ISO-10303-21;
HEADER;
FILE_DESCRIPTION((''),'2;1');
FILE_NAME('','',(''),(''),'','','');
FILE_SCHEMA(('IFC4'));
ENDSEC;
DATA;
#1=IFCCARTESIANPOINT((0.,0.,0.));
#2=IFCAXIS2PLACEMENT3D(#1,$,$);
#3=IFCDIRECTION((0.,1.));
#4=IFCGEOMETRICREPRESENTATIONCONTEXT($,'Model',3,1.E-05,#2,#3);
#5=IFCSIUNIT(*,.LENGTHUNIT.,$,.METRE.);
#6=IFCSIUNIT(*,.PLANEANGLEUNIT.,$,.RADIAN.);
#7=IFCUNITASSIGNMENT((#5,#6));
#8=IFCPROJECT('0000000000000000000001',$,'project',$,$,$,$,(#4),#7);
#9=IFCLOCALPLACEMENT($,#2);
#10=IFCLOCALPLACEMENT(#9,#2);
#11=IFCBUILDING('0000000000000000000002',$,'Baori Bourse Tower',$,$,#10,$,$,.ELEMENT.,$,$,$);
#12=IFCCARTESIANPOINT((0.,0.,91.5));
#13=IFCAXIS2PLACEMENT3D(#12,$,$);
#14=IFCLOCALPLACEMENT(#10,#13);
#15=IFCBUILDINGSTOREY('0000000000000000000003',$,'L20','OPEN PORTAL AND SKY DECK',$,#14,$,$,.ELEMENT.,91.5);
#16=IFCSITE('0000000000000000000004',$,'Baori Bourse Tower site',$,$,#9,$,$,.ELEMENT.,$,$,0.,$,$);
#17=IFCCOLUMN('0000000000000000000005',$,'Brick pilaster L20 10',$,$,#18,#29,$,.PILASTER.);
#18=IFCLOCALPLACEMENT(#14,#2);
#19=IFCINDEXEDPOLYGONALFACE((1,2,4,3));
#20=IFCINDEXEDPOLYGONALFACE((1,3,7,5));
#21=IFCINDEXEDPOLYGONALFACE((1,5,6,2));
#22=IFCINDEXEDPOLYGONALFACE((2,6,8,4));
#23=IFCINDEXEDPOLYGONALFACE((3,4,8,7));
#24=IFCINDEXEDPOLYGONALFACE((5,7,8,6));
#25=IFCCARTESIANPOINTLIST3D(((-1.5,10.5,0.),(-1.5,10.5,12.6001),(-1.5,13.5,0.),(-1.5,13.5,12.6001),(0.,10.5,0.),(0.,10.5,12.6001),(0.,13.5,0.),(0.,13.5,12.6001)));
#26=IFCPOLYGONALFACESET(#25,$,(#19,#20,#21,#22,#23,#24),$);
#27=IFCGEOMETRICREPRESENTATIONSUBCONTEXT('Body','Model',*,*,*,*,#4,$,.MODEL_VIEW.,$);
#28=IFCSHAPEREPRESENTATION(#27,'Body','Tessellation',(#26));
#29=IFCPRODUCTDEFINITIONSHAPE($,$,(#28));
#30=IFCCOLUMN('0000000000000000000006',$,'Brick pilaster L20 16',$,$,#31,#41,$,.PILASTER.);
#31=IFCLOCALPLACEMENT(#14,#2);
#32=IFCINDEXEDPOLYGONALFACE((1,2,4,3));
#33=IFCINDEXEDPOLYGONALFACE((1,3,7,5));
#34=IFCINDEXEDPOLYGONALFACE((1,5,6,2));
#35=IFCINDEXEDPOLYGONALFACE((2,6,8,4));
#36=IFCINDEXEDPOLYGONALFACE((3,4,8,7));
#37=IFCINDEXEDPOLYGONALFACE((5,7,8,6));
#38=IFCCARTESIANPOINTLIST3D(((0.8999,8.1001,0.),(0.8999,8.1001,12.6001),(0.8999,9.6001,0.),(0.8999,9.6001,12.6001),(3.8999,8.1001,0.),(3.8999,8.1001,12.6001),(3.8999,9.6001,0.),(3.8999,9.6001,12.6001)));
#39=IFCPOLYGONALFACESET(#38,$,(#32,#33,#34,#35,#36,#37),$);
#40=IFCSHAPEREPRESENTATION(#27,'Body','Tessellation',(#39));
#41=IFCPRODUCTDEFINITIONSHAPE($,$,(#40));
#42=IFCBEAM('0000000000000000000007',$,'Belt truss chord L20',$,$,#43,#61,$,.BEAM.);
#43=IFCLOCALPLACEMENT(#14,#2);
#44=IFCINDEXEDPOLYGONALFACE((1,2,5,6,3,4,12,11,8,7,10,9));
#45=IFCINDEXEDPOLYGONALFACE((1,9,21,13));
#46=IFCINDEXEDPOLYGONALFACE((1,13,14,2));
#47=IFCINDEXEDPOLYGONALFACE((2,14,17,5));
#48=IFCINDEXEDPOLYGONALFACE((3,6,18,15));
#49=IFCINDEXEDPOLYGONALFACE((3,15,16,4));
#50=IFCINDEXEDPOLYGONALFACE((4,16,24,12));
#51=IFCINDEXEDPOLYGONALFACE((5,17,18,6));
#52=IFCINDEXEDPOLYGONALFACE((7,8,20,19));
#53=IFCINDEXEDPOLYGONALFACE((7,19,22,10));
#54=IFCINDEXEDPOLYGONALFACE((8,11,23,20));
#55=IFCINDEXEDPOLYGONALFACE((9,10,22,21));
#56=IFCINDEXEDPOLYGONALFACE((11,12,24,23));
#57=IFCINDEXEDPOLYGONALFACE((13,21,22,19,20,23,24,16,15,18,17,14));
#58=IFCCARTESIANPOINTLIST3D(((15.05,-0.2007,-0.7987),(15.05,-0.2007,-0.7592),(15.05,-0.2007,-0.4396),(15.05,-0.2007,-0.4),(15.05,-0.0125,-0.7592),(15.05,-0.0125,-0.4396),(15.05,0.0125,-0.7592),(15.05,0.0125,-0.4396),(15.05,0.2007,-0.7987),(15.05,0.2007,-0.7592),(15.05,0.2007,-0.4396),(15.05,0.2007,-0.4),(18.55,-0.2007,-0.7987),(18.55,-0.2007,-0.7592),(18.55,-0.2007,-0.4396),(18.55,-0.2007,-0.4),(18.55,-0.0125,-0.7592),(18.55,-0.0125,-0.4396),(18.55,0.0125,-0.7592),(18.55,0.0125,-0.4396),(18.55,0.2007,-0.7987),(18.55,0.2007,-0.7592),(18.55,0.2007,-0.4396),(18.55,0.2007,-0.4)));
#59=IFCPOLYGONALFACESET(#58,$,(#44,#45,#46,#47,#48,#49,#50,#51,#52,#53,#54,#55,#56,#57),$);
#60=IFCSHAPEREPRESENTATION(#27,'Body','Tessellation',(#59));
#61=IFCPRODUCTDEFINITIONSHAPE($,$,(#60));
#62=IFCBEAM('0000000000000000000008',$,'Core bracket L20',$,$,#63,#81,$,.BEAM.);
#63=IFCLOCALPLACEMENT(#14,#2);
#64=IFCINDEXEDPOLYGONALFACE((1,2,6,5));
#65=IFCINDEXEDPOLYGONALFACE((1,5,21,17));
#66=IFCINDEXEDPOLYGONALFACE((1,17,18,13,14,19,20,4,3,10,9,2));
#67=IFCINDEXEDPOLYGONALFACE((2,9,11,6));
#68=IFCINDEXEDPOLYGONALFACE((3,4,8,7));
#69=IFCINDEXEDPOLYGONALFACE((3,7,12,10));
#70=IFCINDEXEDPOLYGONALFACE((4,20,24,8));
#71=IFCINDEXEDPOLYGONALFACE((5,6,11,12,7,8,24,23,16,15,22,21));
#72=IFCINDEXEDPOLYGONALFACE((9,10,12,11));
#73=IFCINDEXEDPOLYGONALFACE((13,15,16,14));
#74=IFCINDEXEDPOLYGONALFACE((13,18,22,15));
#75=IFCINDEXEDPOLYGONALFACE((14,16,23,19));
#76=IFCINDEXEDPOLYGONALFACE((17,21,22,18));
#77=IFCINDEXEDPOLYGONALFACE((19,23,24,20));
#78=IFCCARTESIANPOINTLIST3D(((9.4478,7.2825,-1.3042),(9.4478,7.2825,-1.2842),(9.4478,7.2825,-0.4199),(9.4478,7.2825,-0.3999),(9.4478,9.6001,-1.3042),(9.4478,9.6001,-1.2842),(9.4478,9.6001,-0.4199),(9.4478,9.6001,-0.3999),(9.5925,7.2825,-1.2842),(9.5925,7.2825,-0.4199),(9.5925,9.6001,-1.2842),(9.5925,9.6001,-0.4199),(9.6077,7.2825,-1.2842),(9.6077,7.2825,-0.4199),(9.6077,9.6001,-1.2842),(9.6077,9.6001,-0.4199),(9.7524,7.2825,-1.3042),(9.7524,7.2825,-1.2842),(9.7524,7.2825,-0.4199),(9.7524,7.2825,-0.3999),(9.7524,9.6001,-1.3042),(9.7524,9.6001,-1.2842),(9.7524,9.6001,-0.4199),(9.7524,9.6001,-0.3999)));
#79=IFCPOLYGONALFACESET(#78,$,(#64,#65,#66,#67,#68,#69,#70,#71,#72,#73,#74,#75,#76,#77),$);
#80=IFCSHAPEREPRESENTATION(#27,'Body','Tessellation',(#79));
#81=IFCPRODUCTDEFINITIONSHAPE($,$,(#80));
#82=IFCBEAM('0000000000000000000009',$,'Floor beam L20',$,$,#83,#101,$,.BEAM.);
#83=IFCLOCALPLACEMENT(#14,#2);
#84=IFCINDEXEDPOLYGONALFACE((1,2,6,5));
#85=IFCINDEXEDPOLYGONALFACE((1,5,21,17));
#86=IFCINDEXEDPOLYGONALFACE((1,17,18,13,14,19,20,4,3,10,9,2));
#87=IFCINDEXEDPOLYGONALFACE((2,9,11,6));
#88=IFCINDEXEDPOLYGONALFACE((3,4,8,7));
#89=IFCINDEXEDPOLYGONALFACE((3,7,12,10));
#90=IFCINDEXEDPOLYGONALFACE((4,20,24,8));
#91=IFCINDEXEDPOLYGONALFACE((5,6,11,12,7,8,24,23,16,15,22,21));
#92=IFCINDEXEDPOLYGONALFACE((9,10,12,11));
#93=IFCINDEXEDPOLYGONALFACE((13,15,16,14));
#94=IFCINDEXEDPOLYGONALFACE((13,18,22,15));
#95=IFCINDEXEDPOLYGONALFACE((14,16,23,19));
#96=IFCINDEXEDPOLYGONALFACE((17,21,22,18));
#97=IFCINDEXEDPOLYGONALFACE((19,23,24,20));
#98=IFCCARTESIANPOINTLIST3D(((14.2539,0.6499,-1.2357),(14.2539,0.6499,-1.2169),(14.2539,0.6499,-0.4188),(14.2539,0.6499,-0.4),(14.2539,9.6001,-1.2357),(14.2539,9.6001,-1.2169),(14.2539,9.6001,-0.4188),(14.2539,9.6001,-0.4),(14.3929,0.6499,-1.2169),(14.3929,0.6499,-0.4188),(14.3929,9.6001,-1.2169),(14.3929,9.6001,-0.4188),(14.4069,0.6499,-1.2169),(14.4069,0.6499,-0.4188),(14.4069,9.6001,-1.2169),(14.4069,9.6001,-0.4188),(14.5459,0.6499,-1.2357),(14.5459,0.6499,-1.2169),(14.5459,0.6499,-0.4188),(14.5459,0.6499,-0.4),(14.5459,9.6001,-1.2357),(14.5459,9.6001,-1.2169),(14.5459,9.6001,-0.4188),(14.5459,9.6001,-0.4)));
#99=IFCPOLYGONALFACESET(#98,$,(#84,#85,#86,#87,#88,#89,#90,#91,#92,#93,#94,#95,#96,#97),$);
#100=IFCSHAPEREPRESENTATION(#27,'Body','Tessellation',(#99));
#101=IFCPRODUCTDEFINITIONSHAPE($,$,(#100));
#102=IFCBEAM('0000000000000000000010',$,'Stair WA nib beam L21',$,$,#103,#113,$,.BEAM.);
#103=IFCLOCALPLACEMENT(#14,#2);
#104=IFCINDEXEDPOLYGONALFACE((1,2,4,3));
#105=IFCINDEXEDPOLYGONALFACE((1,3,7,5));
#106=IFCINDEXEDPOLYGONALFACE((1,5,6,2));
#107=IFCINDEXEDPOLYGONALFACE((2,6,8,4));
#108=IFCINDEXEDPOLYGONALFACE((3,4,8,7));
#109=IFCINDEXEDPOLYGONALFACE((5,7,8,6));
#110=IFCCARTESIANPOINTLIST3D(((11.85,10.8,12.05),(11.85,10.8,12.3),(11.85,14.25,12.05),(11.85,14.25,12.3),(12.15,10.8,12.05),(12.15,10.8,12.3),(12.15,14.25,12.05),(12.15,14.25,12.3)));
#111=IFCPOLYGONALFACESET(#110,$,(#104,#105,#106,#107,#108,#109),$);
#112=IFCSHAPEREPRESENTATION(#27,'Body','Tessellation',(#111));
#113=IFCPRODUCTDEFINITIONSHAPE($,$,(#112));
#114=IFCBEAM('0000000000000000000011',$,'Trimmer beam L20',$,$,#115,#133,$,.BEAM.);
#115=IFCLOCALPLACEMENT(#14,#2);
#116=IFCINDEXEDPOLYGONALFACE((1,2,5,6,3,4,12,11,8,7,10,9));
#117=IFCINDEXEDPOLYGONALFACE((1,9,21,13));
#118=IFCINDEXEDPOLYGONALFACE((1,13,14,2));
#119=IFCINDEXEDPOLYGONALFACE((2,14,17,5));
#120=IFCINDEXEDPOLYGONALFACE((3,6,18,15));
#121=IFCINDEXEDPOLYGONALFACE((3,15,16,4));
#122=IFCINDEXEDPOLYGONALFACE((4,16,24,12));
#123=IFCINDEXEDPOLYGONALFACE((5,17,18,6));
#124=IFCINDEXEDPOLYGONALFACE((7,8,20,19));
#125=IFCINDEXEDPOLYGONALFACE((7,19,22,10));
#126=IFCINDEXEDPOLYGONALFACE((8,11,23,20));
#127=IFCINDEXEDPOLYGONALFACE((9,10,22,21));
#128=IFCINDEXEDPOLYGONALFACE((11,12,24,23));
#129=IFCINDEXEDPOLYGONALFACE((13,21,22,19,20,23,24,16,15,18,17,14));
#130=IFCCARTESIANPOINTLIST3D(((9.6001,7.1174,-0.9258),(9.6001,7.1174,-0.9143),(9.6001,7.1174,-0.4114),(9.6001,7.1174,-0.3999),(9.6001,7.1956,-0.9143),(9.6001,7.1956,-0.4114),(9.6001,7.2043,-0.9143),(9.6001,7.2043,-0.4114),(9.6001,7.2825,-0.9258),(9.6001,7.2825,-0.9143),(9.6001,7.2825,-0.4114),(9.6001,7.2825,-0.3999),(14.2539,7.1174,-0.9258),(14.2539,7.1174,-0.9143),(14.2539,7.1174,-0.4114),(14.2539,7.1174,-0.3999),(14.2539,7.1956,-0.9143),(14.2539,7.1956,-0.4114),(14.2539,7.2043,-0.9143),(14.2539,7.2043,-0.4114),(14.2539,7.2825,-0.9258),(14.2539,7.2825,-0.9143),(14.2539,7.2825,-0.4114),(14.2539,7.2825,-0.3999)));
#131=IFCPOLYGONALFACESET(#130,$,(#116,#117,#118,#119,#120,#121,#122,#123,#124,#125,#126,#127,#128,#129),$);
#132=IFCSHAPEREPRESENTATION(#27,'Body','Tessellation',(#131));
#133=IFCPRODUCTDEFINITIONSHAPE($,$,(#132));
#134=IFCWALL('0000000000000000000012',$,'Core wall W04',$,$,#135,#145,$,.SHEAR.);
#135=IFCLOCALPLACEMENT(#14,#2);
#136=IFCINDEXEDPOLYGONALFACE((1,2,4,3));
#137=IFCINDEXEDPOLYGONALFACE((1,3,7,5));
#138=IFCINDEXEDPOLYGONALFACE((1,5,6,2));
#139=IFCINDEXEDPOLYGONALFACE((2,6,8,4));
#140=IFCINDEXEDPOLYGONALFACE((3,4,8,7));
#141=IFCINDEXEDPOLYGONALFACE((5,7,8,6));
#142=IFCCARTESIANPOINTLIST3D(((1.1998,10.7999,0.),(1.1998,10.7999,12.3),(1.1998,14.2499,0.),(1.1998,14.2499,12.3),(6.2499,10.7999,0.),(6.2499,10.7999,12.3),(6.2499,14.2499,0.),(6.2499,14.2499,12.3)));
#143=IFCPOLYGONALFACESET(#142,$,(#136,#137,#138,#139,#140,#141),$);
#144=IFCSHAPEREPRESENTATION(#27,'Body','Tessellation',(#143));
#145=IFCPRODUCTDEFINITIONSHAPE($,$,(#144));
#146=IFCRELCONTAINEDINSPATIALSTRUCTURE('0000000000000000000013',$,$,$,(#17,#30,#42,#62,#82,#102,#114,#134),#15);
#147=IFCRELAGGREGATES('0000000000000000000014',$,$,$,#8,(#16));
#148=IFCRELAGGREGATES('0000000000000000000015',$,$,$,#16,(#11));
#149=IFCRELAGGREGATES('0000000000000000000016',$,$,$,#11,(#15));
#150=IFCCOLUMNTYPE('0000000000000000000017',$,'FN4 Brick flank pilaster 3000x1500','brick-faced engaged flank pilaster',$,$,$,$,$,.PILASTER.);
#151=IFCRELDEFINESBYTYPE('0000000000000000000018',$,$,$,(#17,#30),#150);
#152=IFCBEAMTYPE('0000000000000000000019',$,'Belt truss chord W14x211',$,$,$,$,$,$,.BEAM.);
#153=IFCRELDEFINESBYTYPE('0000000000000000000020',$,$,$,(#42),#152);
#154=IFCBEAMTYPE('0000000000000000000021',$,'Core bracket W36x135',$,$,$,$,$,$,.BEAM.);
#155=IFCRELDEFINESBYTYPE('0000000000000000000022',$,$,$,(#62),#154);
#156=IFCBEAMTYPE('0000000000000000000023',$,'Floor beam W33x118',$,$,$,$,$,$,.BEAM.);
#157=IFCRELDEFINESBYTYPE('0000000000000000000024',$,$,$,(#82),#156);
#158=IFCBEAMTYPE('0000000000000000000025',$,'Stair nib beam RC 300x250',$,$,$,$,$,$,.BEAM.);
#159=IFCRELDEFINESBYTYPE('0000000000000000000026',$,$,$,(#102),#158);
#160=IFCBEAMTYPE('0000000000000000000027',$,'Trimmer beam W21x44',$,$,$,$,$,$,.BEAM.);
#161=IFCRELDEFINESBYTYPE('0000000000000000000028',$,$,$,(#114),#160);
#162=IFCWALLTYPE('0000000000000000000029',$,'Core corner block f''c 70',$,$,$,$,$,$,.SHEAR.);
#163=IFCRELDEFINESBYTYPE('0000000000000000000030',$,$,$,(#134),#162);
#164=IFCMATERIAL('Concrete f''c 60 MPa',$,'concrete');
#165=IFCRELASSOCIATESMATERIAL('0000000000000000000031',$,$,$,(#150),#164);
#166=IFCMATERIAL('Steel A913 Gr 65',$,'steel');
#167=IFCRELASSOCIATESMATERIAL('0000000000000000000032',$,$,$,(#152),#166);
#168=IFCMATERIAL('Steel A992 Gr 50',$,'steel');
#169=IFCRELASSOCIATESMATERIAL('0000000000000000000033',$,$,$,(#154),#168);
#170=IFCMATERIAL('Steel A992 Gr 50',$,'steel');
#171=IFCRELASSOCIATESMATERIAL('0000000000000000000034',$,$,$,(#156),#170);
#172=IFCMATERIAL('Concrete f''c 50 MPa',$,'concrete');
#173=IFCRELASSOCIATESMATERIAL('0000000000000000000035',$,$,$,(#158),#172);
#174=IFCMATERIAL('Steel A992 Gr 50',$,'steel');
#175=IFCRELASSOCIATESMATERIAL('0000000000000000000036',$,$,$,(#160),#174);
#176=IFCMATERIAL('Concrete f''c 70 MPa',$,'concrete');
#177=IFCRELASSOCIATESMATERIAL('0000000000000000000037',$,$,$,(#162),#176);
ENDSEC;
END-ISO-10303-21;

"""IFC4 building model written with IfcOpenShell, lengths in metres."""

from ifc_helpers import new_model, si_unit, direction, frame, frame_2d, origin, origin_2d, place, context, subcontext, project, spatial, rectangle, i_section, extrude, material, material_profile, profile_set, type_object, element, save


model = new_model("IFC4")

# Units and contexts
model_context = context("Model", 3, precision=1e-05, world=origin(), true_north=direction((0.0, 1.0)))
body_context = subcontext(model_context, "Body", "Model", "MODEL_VIEW")
ifc_project = project(units=[si_unit("LENGTHUNIT", "METRE"), si_unit("PLANEANGLEUNIT", "RADIAN")], contexts=[model_context])

# Site, building, storey
site_placement = place(None, origin())
site = spatial("IfcSite", under=ifc_project, at=site_placement, Name="Baori Bourse Tower site", CompositionType="ELEMENT", RefElevation=0.0)
building_placement = place(site_placement, origin())
building = spatial("IfcBuilding", under=site, at=building_placement, Name="Baori Bourse Tower", CompositionType="ELEMENT")
storey_placement = place(building_placement, frame((0.0, 0.0, 91.5)))
storey = spatial("IfcBuildingStorey", under=building, at=storey_placement, Name="L20", Description="OPEN PORTAL AND SKY DECK", CompositionType="ELEMENT", Elevation=91.5)

# Columns
ifc_material_1 = material(Name="Concrete f'c 60 MPa", Category="concrete")
ifc_material_profile_1 = material_profile(ifc_material_1, rectangle(XDim=3.0, YDim=1.5, at=origin_2d()), Name="RC 3000x1500")
ifc_profile_set_1 = profile_set([ifc_material_profile_1], Name="Concrete f'c 60 MPa")
column_type = type_object("IfcColumnType", Name="FN4 Brick flank pilaster 3000x1500", Description="brick-faced engaged flank pilaster", PredefinedType="PILASTER", material=ifc_profile_set_1)
for number, where, z_axis, x_axis, name in (
    (1, (-0.75, 12.0, 0.0), (0.0, 0.0, 1.0), (0.0, 1.0, 0.0), "Brick pilaster L20 10"),
    (2, (2.3999, 8.8501, 0.0), (0.0, 0.0, 1.0), (1.0, 0.0, 0.0), "Brick pilaster L20 16"),
):
    element("IfcColumn", number, at=place(storey_placement, frame(where, z_axis=z_axis, x_axis=x_axis)), inside=storey, type_object=column_type, Name=name, PredefinedType="PILASTER", context=body_context, shape_type="SweptSolid", body=[
        extrude(rectangle(XDim=3.0, YDim=1.5, at=origin_2d()), origin(), (0.0, 0.0, 1.0), 12.6001),
    ])

# Beams
ifc_material_2 = material(Name="Steel A913 Gr 65", Category="steel")
ifc_material_profile_2 = material_profile(ifc_material_2, i_section(OverallWidth=0.4014, OverallDepth=0.3987, WebThickness=0.0249, FlangeThickness=0.0396, at=origin_2d()), Name="W14x211")
ifc_profile_set_2 = profile_set([ifc_material_profile_2], Name="Steel A913 Gr 65")
beam_type_1 = type_object("IfcBeamType", Name="Belt truss chord W14x211", PredefinedType="BEAM", material=ifc_profile_set_2)
beam_1_placement = place(storey_placement, frame((15.05, 0.0, -0.5994), z_axis=(1.0, 0.0, 0.0), x_axis=(0.0, 1.0, 0.0)))
element("IfcBeam", 3, at=beam_1_placement, inside=storey, type_object=beam_type_1, Name="Belt truss chord L20", PredefinedType="BEAM", context=body_context, shape_type="SweptSolid", body=[
    extrude(i_section(OverallWidth=0.4014, OverallDepth=0.3987, WebThickness=0.0249, FlangeThickness=0.0396, at=origin_2d()), origin(), (0.0, 0.0, 1.0), 3.5),
])
ifc_material_3 = material(Name="Steel A992 Gr 50", Category="steel")
ifc_material_profile_3 = material_profile(ifc_material_3, i_section(OverallWidth=0.3047, OverallDepth=0.9043, WebThickness=0.0151, FlangeThickness=0.02, at=origin_2d()), Name="W36x135")
ifc_profile_set_3 = profile_set([ifc_material_profile_3], Name="Steel A992 Gr 50")
beam_type_2 = type_object("IfcBeamType", Name="Core bracket W36x135", PredefinedType="BEAM", material=ifc_profile_set_3)
beam_2_placement = place(storey_placement, frame((9.6001, 7.2825, -0.8521), z_axis=(0.0, 1.0, 0.0), x_axis=(-1.0, 0.0, 0.0)))
element("IfcBeam", 4, at=beam_2_placement, inside=storey, type_object=beam_type_2, Name="Core bracket L20", PredefinedType="BEAM", context=body_context, shape_type="SweptSolid", body=[
    extrude(i_section(OverallWidth=0.3047, OverallDepth=0.9043, WebThickness=0.0151, FlangeThickness=0.02, at=origin_2d()), origin(), (0.0, 0.0, 1.0), 2.3176),
])
ifc_material_4 = material(Name="Steel A992 Gr 50", Category="steel")
ifc_material_profile_4 = material_profile(ifc_material_4, i_section(OverallWidth=0.292, OverallDepth=0.8357, WebThickness=0.0139, FlangeThickness=0.0188, at=origin_2d()), Name="W33x118")
ifc_profile_set_4 = profile_set([ifc_material_profile_4], Name="Steel A992 Gr 50")
beam_type_3 = type_object("IfcBeamType", Name="Floor beam W33x118", PredefinedType="BEAM", material=ifc_profile_set_4)
beam_3_placement = place(storey_placement, frame((14.3999, 0.6499, -0.8179), z_axis=(0.0, 1.0, 0.0), x_axis=(-1.0, 0.0, 0.0)))
element("IfcBeam", 5, at=beam_3_placement, inside=storey, type_object=beam_type_3, Name="Floor beam L20", PredefinedType="BEAM", context=body_context, shape_type="SweptSolid", body=[
    extrude(i_section(OverallWidth=0.292, OverallDepth=0.8357, WebThickness=0.0139, FlangeThickness=0.0188, at=origin_2d()), origin(), (0.0, 0.0, 1.0), 8.9502),
])
ifc_material_5 = material(Name="Concrete f'c 50 MPa", Category="concrete")
ifc_material_profile_5 = material_profile(ifc_material_5, rectangle(XDim=0.3, YDim=0.25, at=origin_2d()), Name="RC 300x250")
ifc_profile_set_5 = profile_set([ifc_material_profile_5], Name="Concrete f'c 50 MPa")
beam_type_4 = type_object("IfcBeamType", Name="Stair nib beam RC 300x250", PredefinedType="BEAM", material=ifc_profile_set_5)
beam_4_placement = place(storey_placement, frame((12.0, 10.8, 12.175), z_axis=(0.0, 1.0, 0.0), x_axis=(-1.0, 0.0, 0.0)))
element("IfcBeam", 6, at=beam_4_placement, inside=storey, type_object=beam_type_4, Name="Stair WA nib beam L21", PredefinedType="BEAM", context=body_context, shape_type="SweptSolid", body=[
    extrude(rectangle(XDim=0.3, YDim=0.25, at=origin_2d()), origin(), (0.0, 0.0, 1.0), 3.45),
])
ifc_material_6 = material(Name="Steel A992 Gr 50", Category="steel")
ifc_material_profile_6 = material_profile(ifc_material_6, i_section(OverallWidth=0.165, OverallDepth=0.5259, WebThickness=0.0088, FlangeThickness=0.0115, at=origin_2d()), Name="W21x44")
ifc_profile_set_6 = profile_set([ifc_material_profile_6], Name="Steel A992 Gr 50")
beam_type_5 = type_object("IfcBeamType", Name="Trimmer beam W21x44", PredefinedType="BEAM", material=ifc_profile_set_6)
beam_5_placement = place(storey_placement, frame((9.6001, 7.2, -0.6628), z_axis=(1.0, 0.0, 0.0), x_axis=(0.0, 1.0, 0.0)))
element("IfcBeam", 7, at=beam_5_placement, inside=storey, type_object=beam_type_5, Name="Trimmer beam L20", PredefinedType="BEAM", context=body_context, shape_type="SweptSolid", body=[
    extrude(i_section(OverallWidth=0.165, OverallDepth=0.5259, WebThickness=0.0088, FlangeThickness=0.0115, at=origin_2d()), origin(), (0.0, 0.0, 1.0), 4.6538),
])

# Wall
ifc_material_7 = material(Name="Concrete f'c 70 MPa", Category="concrete")
wall_type_1 = type_object("IfcWallType", Name="Core corner block f'c 70", PredefinedType="SHEAR", material=ifc_material_7)
wall_1_placement = place(storey_placement, frame((1.2, 12.5249, 0.0), z_axis=(0.0, 0.0, 1.0), x_axis=(1.0, 0.0, 0.0)))
element("IfcWall", 8, at=wall_1_placement, inside=storey, type_object=wall_type_1, Name="Core wall W04", PredefinedType="SHEAR", context=body_context, shape_type="SweptSolid", body=[
    extrude(rectangle(XDim=5.05, YDim=3.45, at=frame_2d((2.5249, 0.0))), origin(), (0.0, 0.0, 1.0), 12.3),
])

save(model, "model.ifc")
